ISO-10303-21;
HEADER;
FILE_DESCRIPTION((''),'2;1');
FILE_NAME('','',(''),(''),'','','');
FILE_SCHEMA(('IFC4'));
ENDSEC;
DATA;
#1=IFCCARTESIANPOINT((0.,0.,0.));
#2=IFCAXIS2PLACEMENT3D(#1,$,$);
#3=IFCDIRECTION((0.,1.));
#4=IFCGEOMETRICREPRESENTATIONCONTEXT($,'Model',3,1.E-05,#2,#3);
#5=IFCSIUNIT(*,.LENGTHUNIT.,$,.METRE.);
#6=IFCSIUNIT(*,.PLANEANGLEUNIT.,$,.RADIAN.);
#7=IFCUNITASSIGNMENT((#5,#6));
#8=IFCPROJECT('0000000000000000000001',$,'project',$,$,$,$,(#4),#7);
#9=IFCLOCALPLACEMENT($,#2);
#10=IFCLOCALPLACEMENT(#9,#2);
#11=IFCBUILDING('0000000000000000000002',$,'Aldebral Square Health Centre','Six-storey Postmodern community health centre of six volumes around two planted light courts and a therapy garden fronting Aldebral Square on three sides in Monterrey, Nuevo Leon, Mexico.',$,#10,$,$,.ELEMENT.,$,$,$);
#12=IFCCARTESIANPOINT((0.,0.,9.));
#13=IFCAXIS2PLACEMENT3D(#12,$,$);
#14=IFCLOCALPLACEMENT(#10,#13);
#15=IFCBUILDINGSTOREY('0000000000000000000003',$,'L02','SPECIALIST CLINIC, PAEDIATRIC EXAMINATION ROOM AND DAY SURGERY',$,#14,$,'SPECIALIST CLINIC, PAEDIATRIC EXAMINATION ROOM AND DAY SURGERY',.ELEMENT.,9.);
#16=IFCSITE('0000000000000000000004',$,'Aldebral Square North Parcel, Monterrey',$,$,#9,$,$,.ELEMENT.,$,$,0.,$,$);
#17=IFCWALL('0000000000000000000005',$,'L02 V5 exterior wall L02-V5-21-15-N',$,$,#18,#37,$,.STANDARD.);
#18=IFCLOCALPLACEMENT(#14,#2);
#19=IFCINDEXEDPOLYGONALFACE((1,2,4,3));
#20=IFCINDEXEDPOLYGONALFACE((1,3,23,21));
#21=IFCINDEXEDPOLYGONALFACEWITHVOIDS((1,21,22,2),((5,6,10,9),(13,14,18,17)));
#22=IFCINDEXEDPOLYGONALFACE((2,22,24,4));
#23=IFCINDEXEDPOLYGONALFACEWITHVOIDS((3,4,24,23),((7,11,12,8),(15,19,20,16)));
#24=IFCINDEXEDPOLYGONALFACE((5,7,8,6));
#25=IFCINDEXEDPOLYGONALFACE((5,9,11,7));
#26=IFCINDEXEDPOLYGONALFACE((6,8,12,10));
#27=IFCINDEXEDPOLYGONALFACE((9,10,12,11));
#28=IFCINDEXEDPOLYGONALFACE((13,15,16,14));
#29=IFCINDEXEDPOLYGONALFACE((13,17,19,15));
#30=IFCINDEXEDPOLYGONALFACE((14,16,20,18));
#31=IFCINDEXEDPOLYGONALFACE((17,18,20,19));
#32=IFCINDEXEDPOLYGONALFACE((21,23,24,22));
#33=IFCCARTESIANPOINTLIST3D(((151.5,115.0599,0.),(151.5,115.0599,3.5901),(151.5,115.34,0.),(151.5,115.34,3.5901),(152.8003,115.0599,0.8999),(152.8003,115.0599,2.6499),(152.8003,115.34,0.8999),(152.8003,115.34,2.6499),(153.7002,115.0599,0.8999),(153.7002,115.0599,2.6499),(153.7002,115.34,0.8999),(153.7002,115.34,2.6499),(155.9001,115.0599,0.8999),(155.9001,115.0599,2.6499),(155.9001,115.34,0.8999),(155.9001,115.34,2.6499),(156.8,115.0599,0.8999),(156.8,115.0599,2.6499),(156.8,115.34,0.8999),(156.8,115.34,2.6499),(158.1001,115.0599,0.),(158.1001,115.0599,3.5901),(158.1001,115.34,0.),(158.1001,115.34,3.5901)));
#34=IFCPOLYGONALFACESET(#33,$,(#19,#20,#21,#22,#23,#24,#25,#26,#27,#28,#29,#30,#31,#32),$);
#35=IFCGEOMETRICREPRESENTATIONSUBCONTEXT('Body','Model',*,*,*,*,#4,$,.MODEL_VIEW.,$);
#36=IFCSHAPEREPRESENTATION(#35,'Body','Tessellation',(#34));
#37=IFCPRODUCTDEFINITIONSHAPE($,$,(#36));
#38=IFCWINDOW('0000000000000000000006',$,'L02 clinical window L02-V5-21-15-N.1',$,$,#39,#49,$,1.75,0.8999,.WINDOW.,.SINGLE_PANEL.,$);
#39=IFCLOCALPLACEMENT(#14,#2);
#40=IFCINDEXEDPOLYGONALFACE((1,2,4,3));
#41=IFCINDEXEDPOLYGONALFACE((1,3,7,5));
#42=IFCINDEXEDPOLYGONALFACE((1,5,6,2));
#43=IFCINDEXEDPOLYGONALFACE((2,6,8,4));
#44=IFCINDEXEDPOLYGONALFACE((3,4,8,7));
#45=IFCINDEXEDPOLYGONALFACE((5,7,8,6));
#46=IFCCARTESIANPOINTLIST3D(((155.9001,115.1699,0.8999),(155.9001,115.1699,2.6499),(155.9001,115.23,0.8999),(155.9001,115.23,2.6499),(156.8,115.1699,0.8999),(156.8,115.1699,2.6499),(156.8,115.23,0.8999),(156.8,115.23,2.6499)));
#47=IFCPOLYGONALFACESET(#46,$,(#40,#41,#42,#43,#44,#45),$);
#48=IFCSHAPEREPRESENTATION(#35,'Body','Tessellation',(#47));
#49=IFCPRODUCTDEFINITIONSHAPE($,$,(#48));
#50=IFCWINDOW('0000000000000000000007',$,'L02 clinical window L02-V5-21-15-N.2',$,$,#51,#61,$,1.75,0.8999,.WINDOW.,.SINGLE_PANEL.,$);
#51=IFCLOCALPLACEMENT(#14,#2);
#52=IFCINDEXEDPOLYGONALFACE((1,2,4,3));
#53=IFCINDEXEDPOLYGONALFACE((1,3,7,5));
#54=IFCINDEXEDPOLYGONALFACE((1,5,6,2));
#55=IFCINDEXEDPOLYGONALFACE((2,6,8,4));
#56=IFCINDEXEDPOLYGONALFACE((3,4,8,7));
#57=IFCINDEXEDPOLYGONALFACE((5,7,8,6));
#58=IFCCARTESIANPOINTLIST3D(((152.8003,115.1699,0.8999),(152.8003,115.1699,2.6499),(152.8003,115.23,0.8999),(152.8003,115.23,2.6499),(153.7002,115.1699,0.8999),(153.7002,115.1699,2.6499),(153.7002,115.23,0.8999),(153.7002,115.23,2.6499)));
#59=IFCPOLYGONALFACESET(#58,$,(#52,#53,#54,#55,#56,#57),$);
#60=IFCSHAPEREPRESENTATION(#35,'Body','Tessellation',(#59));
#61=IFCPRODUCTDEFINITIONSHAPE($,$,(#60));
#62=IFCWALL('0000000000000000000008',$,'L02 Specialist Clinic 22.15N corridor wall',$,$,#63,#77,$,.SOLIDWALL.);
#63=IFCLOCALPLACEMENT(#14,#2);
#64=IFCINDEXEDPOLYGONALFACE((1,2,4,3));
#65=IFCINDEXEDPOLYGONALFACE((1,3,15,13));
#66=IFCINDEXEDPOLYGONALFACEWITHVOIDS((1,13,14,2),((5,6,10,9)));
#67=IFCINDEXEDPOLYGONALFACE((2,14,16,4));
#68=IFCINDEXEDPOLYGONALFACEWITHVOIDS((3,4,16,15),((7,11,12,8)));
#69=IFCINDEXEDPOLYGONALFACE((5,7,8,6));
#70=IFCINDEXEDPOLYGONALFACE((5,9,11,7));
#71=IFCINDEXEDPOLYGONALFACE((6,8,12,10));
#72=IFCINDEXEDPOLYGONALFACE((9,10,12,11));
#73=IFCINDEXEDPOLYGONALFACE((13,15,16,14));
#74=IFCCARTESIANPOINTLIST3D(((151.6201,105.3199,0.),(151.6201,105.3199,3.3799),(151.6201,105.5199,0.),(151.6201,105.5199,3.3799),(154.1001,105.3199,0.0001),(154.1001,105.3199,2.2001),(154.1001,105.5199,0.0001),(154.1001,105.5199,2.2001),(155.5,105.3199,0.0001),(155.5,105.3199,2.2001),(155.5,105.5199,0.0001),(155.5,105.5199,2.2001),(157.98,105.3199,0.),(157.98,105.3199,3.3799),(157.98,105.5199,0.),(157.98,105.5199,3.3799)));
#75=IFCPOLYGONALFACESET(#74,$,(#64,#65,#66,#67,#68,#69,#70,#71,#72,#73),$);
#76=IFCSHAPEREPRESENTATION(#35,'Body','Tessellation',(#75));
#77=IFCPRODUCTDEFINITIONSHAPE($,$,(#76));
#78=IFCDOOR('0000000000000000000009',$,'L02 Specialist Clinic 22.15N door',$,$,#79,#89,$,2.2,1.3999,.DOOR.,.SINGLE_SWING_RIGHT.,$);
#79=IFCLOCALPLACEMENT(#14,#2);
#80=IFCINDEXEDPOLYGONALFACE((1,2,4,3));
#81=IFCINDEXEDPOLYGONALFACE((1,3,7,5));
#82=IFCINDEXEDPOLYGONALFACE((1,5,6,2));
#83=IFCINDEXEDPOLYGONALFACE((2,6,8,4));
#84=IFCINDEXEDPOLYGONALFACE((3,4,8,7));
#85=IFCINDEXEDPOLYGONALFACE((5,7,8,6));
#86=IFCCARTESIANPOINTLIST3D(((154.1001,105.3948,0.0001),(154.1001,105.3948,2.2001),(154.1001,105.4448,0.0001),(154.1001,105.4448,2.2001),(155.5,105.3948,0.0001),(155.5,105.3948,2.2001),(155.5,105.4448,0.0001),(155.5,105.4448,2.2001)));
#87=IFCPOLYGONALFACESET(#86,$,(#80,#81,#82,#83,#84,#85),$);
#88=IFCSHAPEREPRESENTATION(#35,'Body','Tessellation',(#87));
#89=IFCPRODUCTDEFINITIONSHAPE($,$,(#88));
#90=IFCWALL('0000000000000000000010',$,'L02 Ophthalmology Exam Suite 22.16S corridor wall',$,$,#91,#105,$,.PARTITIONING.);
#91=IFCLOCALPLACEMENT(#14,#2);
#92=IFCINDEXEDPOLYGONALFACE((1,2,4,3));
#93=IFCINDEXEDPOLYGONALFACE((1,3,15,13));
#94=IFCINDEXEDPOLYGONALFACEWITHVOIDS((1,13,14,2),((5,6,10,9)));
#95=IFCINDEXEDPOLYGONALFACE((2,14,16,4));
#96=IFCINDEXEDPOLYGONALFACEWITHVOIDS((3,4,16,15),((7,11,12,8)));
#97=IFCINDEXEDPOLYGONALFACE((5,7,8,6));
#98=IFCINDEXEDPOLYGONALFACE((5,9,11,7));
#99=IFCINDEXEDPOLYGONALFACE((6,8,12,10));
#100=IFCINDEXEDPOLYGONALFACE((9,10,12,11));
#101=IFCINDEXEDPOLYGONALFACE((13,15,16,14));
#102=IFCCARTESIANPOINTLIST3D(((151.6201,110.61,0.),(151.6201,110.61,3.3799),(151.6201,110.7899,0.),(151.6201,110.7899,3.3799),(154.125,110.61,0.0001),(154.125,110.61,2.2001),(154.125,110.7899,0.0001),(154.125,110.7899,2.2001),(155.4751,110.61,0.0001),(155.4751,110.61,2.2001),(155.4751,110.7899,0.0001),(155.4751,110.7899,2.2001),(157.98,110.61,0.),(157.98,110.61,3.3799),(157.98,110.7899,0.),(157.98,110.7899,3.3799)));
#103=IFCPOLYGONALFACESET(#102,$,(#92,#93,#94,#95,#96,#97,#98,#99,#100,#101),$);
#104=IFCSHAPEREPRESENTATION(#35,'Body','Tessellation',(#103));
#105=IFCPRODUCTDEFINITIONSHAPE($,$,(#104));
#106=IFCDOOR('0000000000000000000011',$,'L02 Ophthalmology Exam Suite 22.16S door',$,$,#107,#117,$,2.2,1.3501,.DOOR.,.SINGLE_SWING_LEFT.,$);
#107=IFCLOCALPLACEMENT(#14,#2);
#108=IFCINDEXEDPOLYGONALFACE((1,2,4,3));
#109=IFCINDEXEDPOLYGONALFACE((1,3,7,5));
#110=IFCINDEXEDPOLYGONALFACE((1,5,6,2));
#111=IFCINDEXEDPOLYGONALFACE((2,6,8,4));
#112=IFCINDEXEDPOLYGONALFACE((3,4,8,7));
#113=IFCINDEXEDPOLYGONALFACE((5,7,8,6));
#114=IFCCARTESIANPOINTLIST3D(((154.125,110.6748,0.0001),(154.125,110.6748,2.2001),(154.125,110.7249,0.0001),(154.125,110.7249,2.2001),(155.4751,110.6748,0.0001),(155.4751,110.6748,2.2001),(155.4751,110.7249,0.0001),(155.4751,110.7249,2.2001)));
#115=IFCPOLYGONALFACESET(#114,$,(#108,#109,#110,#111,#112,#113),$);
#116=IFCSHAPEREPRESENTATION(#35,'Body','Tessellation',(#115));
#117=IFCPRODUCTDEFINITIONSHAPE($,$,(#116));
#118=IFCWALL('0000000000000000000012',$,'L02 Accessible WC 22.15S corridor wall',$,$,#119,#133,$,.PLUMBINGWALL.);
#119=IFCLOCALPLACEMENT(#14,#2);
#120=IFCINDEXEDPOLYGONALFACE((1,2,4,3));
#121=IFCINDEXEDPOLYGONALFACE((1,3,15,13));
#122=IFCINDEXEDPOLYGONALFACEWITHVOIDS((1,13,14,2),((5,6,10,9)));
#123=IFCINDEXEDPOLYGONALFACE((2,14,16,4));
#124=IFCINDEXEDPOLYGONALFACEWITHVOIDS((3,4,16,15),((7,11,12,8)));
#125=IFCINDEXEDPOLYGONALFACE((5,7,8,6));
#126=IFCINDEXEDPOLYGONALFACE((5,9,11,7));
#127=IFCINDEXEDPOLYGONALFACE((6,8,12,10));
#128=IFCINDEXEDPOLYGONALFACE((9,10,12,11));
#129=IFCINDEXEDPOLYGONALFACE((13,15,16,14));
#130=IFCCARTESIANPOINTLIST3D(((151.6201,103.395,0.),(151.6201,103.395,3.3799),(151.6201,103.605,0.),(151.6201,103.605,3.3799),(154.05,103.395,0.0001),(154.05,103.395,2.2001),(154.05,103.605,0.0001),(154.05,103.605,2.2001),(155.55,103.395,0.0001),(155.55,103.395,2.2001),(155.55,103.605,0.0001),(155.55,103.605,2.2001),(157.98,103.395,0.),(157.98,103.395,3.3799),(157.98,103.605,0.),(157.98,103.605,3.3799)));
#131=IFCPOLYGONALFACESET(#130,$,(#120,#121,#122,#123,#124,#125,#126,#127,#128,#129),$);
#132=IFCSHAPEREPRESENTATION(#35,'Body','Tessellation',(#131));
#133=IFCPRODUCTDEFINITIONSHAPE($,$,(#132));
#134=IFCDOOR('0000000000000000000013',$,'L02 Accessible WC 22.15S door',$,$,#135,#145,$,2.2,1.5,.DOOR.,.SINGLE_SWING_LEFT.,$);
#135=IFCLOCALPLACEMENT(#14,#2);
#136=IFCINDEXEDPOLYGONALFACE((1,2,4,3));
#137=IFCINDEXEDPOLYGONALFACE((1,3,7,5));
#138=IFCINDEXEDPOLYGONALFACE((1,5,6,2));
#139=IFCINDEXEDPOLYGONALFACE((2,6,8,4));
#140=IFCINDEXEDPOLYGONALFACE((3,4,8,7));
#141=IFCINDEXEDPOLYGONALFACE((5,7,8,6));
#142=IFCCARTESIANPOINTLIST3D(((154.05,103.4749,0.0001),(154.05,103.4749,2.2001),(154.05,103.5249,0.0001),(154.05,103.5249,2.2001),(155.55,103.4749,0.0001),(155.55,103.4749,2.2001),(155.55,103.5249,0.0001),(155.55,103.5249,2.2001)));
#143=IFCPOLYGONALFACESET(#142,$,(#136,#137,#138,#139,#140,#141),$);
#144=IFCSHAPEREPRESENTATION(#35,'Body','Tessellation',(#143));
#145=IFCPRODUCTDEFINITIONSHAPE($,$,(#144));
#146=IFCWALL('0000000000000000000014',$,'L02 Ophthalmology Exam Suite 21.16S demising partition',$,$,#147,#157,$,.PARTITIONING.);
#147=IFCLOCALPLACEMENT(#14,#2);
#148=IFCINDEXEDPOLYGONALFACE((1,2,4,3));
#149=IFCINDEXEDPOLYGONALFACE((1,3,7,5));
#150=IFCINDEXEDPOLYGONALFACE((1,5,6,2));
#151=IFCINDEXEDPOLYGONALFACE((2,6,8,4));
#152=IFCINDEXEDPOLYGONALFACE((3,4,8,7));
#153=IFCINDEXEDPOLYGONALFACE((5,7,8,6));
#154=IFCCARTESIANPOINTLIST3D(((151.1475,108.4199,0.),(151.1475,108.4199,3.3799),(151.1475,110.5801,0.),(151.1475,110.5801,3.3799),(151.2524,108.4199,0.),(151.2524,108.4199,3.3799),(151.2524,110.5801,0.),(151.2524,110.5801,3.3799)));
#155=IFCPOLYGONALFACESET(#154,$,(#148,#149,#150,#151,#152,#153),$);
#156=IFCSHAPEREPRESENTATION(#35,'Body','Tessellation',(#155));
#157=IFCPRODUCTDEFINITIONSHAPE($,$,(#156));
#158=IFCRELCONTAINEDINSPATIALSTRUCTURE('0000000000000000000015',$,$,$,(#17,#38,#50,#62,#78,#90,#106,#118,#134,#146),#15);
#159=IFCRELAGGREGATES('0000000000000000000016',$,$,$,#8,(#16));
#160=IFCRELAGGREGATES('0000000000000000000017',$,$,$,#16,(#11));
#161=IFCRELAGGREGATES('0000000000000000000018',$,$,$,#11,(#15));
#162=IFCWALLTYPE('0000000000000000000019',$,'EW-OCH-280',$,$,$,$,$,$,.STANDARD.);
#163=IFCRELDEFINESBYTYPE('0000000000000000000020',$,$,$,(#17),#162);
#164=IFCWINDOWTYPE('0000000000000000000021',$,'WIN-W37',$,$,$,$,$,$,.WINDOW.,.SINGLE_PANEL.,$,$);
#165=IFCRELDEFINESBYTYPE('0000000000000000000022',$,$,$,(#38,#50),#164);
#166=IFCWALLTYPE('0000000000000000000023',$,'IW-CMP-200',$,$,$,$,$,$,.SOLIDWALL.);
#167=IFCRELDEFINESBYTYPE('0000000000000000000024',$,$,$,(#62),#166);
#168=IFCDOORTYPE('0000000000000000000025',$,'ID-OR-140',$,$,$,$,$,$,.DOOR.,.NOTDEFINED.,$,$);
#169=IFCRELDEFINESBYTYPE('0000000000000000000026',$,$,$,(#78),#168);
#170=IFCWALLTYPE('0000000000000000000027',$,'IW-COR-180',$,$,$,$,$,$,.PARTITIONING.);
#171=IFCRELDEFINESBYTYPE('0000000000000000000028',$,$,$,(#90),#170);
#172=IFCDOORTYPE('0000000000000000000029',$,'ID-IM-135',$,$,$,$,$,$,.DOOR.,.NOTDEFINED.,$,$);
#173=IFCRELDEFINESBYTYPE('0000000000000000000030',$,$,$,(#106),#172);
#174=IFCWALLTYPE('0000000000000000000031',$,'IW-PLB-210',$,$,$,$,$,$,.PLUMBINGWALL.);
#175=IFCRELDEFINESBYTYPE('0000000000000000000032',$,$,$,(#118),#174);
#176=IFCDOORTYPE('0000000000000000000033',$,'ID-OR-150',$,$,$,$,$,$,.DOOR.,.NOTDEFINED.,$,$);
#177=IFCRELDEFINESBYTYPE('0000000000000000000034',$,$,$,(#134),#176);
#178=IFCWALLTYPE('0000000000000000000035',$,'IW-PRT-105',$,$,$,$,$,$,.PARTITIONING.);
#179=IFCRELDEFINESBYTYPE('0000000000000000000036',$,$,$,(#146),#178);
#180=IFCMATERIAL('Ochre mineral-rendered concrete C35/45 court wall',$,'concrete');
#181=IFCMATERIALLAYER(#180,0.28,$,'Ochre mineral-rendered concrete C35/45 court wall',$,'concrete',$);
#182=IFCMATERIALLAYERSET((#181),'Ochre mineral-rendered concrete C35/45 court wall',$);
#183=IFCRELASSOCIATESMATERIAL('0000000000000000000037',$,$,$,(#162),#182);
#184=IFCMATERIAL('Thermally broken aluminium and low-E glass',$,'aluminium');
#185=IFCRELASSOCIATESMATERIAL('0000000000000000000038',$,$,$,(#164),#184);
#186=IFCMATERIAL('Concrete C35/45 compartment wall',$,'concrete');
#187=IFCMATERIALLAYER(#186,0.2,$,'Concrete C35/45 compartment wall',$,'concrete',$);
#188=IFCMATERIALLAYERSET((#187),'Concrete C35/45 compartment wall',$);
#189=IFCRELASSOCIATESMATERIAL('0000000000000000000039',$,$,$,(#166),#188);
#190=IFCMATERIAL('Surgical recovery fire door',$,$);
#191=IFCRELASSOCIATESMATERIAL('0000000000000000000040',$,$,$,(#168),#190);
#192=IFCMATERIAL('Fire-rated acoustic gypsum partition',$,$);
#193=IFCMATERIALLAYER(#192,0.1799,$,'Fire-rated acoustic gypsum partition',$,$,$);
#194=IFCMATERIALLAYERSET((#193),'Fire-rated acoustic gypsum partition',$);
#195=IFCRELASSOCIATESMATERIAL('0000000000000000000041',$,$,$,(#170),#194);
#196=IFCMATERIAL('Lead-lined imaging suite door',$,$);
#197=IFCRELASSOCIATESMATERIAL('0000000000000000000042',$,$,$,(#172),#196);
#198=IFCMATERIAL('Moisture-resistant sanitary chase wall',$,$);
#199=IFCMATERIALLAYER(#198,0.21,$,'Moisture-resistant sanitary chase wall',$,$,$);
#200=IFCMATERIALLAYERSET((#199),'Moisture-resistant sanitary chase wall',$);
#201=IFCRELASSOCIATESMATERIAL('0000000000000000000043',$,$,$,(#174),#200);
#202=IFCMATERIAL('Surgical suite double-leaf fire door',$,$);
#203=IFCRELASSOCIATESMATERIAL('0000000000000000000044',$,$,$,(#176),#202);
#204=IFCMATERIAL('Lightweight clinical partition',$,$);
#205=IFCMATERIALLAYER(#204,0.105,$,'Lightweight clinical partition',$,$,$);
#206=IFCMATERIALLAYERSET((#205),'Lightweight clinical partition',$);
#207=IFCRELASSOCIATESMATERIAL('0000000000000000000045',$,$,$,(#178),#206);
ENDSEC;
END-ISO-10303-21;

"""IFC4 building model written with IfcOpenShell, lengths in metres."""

from ifc_helpers import new_model, si_unit, direction, frame, frame_2d, origin, place, context, subcontext, project, spatial, rectangle, extrude, material, layer, layer_set, type_object, element, fill, save


model = new_model("IFC4")

# Units and contexts
model_context = context("Model", 3, precision=1e-05, world=origin(), true_north=direction((0.0, 1.0)))
body_context = subcontext(model_context, "Body", "Model", "MODEL_VIEW")
ifc_project = project(units=[si_unit("LENGTHUNIT", "METRE"), si_unit("PLANEANGLEUNIT", "RADIAN")], contexts=[model_context])

# Site, building, storey
site_placement = place(None, origin())
site = spatial("IfcSite", under=ifc_project, at=site_placement, Name="Aldebral Square North Parcel, Monterrey", CompositionType="ELEMENT", RefElevation=0.0)
building_placement = place(site_placement, origin())
building = spatial("IfcBuilding", under=site, at=building_placement, Name="Aldebral Square Health Centre", Description="Six-storey Postmodern community health centre of six volumes around two planted light courts and a therapy garden fronting Aldebral Square on three sides in Monterrey, Nuevo Leon, Mexico.", CompositionType="ELEMENT")
storey_placement = place(building_placement, frame((0.0, 0.0, 9.0)))
storey = spatial("IfcBuildingStorey", under=building, at=storey_placement, Name="L02", Description="SPECIALIST CLINIC, PAEDIATRIC EXAMINATION ROOM AND DAY SURGERY", LongName="SPECIALIST CLINIC, PAEDIATRIC EXAMINATION ROOM AND DAY SURGERY", CompositionType="ELEMENT", Elevation=9.0)

# Wall, openings, windows
ifc_material_1 = material(Name="Ochre mineral-rendered concrete C35/45 court wall", Category="concrete")
ifc_layer_1 = layer(ifc_material_1, 0.28, Name="Ochre mineral-rendered concrete C35/45 court wall", Category="concrete")
ifc_layer_set_1 = layer_set([ifc_layer_1], Name="Ochre mineral-rendered concrete C35/45 court wall")
wall_type_1 = type_object("IfcWallType", Name="EW-OCH-280", PredefinedType="STANDARD", material=ifc_layer_set_1)
ifc_material_2 = material(Name="Thermally broken aluminium and low-E glass", Category="aluminium")
wall_1_placement = place(storey_placement, frame((158.1001, 115.2, 0.0), z_axis=(0.0, 0.0, 1.0), x_axis=(-1.0, 0.0, 0.0)))
wall_1 = element("IfcWall", 1, at=wall_1_placement, inside=storey, type_object=wall_type_1, Name="L02 V5 exterior wall L02-V5-21-15-N", PredefinedType="STANDARD", context=body_context, shape_type="SweptSolid", body=[
    extrude(rectangle(XDim=6.6001, YDim=0.28, at=frame_2d((3.3, 0.0))), origin(), (0.0, 0.0, 1.0), 3.5901),
])
opening_1_placement = place(wall_1_placement, frame((1.3, 0.0, 0.8999)))
opening_1 = element("IfcOpeningElement", 2, at=opening_1_placement, cuts=wall_1, PredefinedType="OPENING", context=body_context, shape_type="SweptSolid", body=[
    extrude(rectangle(XDim=0.8999, YDim=1.75, at=frame_2d((0.45, 0.875))), frame((0.0, 0.1499, 0.0), z_axis=(0.0, -1.0, 0.0), x_axis=(1.0, 0.0, 0.0)), (0.0, 0.0, 1.0), 0.3),
])
opening_2_placement = place(wall_1_placement, frame((4.3999, 0.0, 0.8999)))
opening_2 = element("IfcOpeningElement", 3, at=opening_2_placement, cuts=wall_1, PredefinedType="OPENING", context=body_context, shape_type="SweptSolid", body=[
    extrude(rectangle(XDim=0.8999, YDim=1.75, at=frame_2d((0.45, 0.875))), frame((0.0, 0.1499, 0.0), z_axis=(0.0, -1.0, 0.0), x_axis=(1.0, 0.0, 0.0)), (0.0, 0.0, 1.0), 0.3),
])
window_type_1 = type_object("IfcWindowType", Name="WIN-W37", PartitioningType="SINGLE_PANEL", PredefinedType="WINDOW", material=ifc_material_2)
window_1_placement = place(opening_1_placement, origin())
window_1 = element("IfcWindow", 4, at=window_1_placement, inside=storey, type_object=window_type_1, Name="L02 clinical window L02-V5-21-15-N.1", OverallHeight=1.75, OverallWidth=0.8999, PartitioningType="SINGLE_PANEL", PredefinedType="WINDOW", context=body_context, shape_type="SweptSolid", body=[
    extrude(rectangle(XDim=0.8999, YDim=1.75, at=frame_2d((0.45, 0.875))), frame((0.0, 0.03, 0.0), z_axis=(0.0, -1.0, 0.0), x_axis=(1.0, 0.0, 0.0)), (0.0, 0.0, 1.0), 0.0601),
])
fill(opening_1, window_1)
window_2_placement = place(opening_2_placement, origin())
window_2 = element("IfcWindow", 5, at=window_2_placement, inside=storey, type_object=window_type_1, Name="L02 clinical window L02-V5-21-15-N.2", OverallHeight=1.75, OverallWidth=0.8999, PartitioningType="SINGLE_PANEL", PredefinedType="WINDOW", context=body_context, shape_type="SweptSolid", body=[
    extrude(rectangle(XDim=0.8999, YDim=1.75, at=frame_2d((0.45, 0.875))), frame((0.0, 0.03, 0.0), z_axis=(0.0, -1.0, 0.0), x_axis=(1.0, 0.0, 0.0)), (0.0, 0.0, 1.0), 0.0601),
])
fill(opening_2, window_2)

# Walls, openings, doors
ifc_material_3 = material(Name="Concrete C35/45 compartment wall", Category="concrete")
ifc_layer_2 = layer(ifc_material_3, 0.2, Name="Concrete C35/45 compartment wall", Category="concrete")
ifc_layer_set_2 = layer_set([ifc_layer_2], Name="Concrete C35/45 compartment wall")
wall_type_2 = type_object("IfcWallType", Name="IW-CMP-200", PredefinedType="SOLIDWALL", material=ifc_layer_set_2)
wall_2_placement = place(storey_placement, frame((151.6201, 105.4199, 0.0), z_axis=(0.0, 0.0, 1.0), x_axis=(1.0, 0.0, 0.0)))
wall_2 = element("IfcWall", 6, at=wall_2_placement, inside=storey, type_object=wall_type_2, Name="L02 Specialist Clinic 22.15N corridor wall", PredefinedType="SOLIDWALL", context=body_context, shape_type="SweptSolid", body=[
    extrude(rectangle(XDim=6.3599, YDim=0.2, at=frame_2d((3.1799, 0.0))), origin(), (0.0, 0.0, 1.0), 3.3799),
])
opening_3_placement = place(wall_2_placement, frame((2.48, 0.0, 0.0)))
opening_3 = element("IfcOpeningElement", 7, at=opening_3_placement, cuts=wall_2, PredefinedType="OPENING", context=body_context, shape_type="SweptSolid", body=[
    extrude(rectangle(XDim=1.3999, YDim=2.2, at=frame_2d((0.7, 1.1001))), frame((0.0, 0.1099, 0.0), z_axis=(0.0, -1.0, 0.0), x_axis=(1.0, 0.0, 0.0)), (0.0, 0.0, 1.0), 0.22),
])
ifc_material_4 = material(Name="Surgical recovery fire door")
door_type_1 = type_object("IfcDoorType", Name="ID-OR-140", OperationType="NOTDEFINED", PredefinedType="DOOR", material=ifc_material_4)
door_1_placement = place(opening_3_placement, origin())
door_1 = element("IfcDoor", 8, at=door_1_placement, inside=storey, type_object=door_type_1, Name="L02 Specialist Clinic 22.15N door", OperationType="SINGLE_SWING_RIGHT", OverallHeight=2.2, OverallWidth=1.3999, PredefinedType="DOOR", context=body_context, shape_type="SweptSolid", body=[
    extrude(rectangle(XDim=1.3999, YDim=2.2, at=frame_2d((0.7, 1.1001))), frame((0.0, 0.0249, 0.0), z_axis=(0.0, -1.0, 0.0), x_axis=(1.0, 0.0, 0.0)), (0.0, 0.0, 1.0), 0.05),
])
fill(opening_3, door_1)
ifc_material_5 = material(Name="Fire-rated acoustic gypsum partition")
ifc_layer_3 = layer(ifc_material_5, 0.1799, Name="Fire-rated acoustic gypsum partition")
ifc_layer_set_3 = layer_set([ifc_layer_3], Name="Fire-rated acoustic gypsum partition")
wall_type_3 = type_object("IfcWallType", Name="IW-COR-180", PredefinedType="PARTITIONING", material=ifc_layer_set_3)
wall_3_placement = place(storey_placement, frame((151.6201, 110.7, 0.0), z_axis=(0.0, 0.0, 1.0), x_axis=(1.0, 0.0, 0.0)))
wall_3 = element("IfcWall", 9, at=wall_3_placement, inside=storey, type_object=wall_type_3, Name="L02 Ophthalmology Exam Suite 22.16S corridor wall", PredefinedType="PARTITIONING", context=body_context, shape_type="SweptSolid", body=[
    extrude(rectangle(XDim=6.3599, YDim=0.1799, at=frame_2d((3.1799, 0.0))), origin(), (0.0, 0.0, 1.0), 3.3799),
])
opening_4_placement = place(wall_3_placement, frame((2.5049, 0.0, 0.0)))
opening_4 = element("IfcOpeningElement", 10, at=opening_4_placement, cuts=wall_3, PredefinedType="OPENING", context=body_context, shape_type="SweptSolid", body=[
    extrude(rectangle(XDim=1.3501, YDim=2.2, at=frame_2d((0.675, 1.1001))), frame((0.0, 0.1001, 0.0), z_axis=(0.0, -1.0, 0.0), x_axis=(1.0, 0.0, 0.0)), (0.0, 0.0, 1.0), 0.2),
])
ifc_material_6 = material(Name="Lead-lined imaging suite door")
door_type_2 = type_object("IfcDoorType", Name="ID-IM-135", OperationType="NOTDEFINED", PredefinedType="DOOR", material=ifc_material_6)
door_2_placement = place(opening_4_placement, origin())
door_2 = element("IfcDoor", 11, at=door_2_placement, inside=storey, type_object=door_type_2, Name="L02 Ophthalmology Exam Suite 22.16S door", OperationType="SINGLE_SWING_LEFT", OverallHeight=2.2, OverallWidth=1.3501, PredefinedType="DOOR", context=body_context, shape_type="SweptSolid", body=[
    extrude(rectangle(XDim=1.3501, YDim=2.2, at=frame_2d((0.675, 1.1001))), frame((0.0, 0.0249, 0.0), z_axis=(0.0, -1.0, 0.0), x_axis=(1.0, 0.0, 0.0)), (0.0, 0.0, 1.0), 0.05),
])
fill(opening_4, door_2)
ifc_material_7 = material(Name="Moisture-resistant sanitary chase wall")
ifc_layer_4 = layer(ifc_material_7, 0.21, Name="Moisture-resistant sanitary chase wall")
ifc_layer_set_4 = layer_set([ifc_layer_4], Name="Moisture-resistant sanitary chase wall")
wall_type_4 = type_object("IfcWallType", Name="IW-PLB-210", PredefinedType="PLUMBINGWALL", material=ifc_layer_set_4)
wall_4_placement = place(storey_placement, frame((151.6201, 103.5, 0.0), z_axis=(0.0, 0.0, 1.0), x_axis=(1.0, 0.0, 0.0)))
wall_4 = element("IfcWall", 12, at=wall_4_placement, inside=storey, type_object=wall_type_4, Name="L02 Accessible WC 22.15S corridor wall", PredefinedType="PLUMBINGWALL", context=body_context, shape_type="SweptSolid", body=[
    extrude(rectangle(XDim=6.3599, YDim=0.21, at=frame_2d((3.1799, 0.0))), origin(), (0.0, 0.0, 1.0), 3.3799),
])
opening_5_placement = place(wall_4_placement, frame((2.4299, 0.0, 0.0)))
opening_5 = element("IfcOpeningElement", 13, at=opening_5_placement, cuts=wall_4, PredefinedType="OPENING", context=body_context, shape_type="SweptSolid", body=[
    extrude(rectangle(XDim=1.5, YDim=2.2, at=frame_2d((0.75, 1.1001))), frame((0.0, 0.115, 0.0), z_axis=(0.0, -1.0, 0.0), x_axis=(1.0, 0.0, 0.0)), (0.0, 0.0, 1.0), 0.23),
])
ifc_material_8 = material(Name="Surgical suite double-leaf fire door")
door_type_3 = type_object("IfcDoorType", Name="ID-OR-150", OperationType="NOTDEFINED", PredefinedType="DOOR", material=ifc_material_8)
door_3_placement = place(opening_5_placement, origin())
door_3 = element("IfcDoor", 14, at=door_3_placement, inside=storey, type_object=door_type_3, Name="L02 Accessible WC 22.15S door", OperationType="SINGLE_SWING_LEFT", OverallHeight=2.2, OverallWidth=1.5, PredefinedType="DOOR", context=body_context, shape_type="SweptSolid", body=[
    extrude(rectangle(XDim=1.5, YDim=2.2, at=frame_2d((0.75, 1.1001))), frame((0.0, 0.0249, 0.0), z_axis=(0.0, -1.0, 0.0), x_axis=(1.0, 0.0, 0.0)), (0.0, 0.0, 1.0), 0.05),
])
fill(opening_5, door_3)

# Wall
ifc_material_9 = material(Name="Lightweight clinical partition")
ifc_layer_5 = layer(ifc_material_9, 0.105, Name="Lightweight clinical partition")
ifc_layer_set_5 = layer_set([ifc_layer_5], Name="Lightweight clinical partition")
wall_type_5 = type_object("IfcWallType", Name="IW-PRT-105", PredefinedType="PARTITIONING", material=ifc_layer_set_5)
wall_5_placement = place(storey_placement, frame((151.2, 108.4199, 0.0), z_axis=(0.0, 0.0, 1.0), x_axis=(0.0, 1.0, 0.0)))
element("IfcWall", 15, at=wall_5_placement, inside=storey, type_object=wall_type_5, Name="L02 Ophthalmology Exam Suite 21.16S demising partition", PredefinedType="PARTITIONING", context=body_context, shape_type="SweptSolid", body=[
    extrude(rectangle(XDim=2.1602, YDim=0.105, at=frame_2d((1.0801, 0.0))), origin(), (0.0, 0.0, 1.0), 3.3799),
])

save(model, "model.ifc")
